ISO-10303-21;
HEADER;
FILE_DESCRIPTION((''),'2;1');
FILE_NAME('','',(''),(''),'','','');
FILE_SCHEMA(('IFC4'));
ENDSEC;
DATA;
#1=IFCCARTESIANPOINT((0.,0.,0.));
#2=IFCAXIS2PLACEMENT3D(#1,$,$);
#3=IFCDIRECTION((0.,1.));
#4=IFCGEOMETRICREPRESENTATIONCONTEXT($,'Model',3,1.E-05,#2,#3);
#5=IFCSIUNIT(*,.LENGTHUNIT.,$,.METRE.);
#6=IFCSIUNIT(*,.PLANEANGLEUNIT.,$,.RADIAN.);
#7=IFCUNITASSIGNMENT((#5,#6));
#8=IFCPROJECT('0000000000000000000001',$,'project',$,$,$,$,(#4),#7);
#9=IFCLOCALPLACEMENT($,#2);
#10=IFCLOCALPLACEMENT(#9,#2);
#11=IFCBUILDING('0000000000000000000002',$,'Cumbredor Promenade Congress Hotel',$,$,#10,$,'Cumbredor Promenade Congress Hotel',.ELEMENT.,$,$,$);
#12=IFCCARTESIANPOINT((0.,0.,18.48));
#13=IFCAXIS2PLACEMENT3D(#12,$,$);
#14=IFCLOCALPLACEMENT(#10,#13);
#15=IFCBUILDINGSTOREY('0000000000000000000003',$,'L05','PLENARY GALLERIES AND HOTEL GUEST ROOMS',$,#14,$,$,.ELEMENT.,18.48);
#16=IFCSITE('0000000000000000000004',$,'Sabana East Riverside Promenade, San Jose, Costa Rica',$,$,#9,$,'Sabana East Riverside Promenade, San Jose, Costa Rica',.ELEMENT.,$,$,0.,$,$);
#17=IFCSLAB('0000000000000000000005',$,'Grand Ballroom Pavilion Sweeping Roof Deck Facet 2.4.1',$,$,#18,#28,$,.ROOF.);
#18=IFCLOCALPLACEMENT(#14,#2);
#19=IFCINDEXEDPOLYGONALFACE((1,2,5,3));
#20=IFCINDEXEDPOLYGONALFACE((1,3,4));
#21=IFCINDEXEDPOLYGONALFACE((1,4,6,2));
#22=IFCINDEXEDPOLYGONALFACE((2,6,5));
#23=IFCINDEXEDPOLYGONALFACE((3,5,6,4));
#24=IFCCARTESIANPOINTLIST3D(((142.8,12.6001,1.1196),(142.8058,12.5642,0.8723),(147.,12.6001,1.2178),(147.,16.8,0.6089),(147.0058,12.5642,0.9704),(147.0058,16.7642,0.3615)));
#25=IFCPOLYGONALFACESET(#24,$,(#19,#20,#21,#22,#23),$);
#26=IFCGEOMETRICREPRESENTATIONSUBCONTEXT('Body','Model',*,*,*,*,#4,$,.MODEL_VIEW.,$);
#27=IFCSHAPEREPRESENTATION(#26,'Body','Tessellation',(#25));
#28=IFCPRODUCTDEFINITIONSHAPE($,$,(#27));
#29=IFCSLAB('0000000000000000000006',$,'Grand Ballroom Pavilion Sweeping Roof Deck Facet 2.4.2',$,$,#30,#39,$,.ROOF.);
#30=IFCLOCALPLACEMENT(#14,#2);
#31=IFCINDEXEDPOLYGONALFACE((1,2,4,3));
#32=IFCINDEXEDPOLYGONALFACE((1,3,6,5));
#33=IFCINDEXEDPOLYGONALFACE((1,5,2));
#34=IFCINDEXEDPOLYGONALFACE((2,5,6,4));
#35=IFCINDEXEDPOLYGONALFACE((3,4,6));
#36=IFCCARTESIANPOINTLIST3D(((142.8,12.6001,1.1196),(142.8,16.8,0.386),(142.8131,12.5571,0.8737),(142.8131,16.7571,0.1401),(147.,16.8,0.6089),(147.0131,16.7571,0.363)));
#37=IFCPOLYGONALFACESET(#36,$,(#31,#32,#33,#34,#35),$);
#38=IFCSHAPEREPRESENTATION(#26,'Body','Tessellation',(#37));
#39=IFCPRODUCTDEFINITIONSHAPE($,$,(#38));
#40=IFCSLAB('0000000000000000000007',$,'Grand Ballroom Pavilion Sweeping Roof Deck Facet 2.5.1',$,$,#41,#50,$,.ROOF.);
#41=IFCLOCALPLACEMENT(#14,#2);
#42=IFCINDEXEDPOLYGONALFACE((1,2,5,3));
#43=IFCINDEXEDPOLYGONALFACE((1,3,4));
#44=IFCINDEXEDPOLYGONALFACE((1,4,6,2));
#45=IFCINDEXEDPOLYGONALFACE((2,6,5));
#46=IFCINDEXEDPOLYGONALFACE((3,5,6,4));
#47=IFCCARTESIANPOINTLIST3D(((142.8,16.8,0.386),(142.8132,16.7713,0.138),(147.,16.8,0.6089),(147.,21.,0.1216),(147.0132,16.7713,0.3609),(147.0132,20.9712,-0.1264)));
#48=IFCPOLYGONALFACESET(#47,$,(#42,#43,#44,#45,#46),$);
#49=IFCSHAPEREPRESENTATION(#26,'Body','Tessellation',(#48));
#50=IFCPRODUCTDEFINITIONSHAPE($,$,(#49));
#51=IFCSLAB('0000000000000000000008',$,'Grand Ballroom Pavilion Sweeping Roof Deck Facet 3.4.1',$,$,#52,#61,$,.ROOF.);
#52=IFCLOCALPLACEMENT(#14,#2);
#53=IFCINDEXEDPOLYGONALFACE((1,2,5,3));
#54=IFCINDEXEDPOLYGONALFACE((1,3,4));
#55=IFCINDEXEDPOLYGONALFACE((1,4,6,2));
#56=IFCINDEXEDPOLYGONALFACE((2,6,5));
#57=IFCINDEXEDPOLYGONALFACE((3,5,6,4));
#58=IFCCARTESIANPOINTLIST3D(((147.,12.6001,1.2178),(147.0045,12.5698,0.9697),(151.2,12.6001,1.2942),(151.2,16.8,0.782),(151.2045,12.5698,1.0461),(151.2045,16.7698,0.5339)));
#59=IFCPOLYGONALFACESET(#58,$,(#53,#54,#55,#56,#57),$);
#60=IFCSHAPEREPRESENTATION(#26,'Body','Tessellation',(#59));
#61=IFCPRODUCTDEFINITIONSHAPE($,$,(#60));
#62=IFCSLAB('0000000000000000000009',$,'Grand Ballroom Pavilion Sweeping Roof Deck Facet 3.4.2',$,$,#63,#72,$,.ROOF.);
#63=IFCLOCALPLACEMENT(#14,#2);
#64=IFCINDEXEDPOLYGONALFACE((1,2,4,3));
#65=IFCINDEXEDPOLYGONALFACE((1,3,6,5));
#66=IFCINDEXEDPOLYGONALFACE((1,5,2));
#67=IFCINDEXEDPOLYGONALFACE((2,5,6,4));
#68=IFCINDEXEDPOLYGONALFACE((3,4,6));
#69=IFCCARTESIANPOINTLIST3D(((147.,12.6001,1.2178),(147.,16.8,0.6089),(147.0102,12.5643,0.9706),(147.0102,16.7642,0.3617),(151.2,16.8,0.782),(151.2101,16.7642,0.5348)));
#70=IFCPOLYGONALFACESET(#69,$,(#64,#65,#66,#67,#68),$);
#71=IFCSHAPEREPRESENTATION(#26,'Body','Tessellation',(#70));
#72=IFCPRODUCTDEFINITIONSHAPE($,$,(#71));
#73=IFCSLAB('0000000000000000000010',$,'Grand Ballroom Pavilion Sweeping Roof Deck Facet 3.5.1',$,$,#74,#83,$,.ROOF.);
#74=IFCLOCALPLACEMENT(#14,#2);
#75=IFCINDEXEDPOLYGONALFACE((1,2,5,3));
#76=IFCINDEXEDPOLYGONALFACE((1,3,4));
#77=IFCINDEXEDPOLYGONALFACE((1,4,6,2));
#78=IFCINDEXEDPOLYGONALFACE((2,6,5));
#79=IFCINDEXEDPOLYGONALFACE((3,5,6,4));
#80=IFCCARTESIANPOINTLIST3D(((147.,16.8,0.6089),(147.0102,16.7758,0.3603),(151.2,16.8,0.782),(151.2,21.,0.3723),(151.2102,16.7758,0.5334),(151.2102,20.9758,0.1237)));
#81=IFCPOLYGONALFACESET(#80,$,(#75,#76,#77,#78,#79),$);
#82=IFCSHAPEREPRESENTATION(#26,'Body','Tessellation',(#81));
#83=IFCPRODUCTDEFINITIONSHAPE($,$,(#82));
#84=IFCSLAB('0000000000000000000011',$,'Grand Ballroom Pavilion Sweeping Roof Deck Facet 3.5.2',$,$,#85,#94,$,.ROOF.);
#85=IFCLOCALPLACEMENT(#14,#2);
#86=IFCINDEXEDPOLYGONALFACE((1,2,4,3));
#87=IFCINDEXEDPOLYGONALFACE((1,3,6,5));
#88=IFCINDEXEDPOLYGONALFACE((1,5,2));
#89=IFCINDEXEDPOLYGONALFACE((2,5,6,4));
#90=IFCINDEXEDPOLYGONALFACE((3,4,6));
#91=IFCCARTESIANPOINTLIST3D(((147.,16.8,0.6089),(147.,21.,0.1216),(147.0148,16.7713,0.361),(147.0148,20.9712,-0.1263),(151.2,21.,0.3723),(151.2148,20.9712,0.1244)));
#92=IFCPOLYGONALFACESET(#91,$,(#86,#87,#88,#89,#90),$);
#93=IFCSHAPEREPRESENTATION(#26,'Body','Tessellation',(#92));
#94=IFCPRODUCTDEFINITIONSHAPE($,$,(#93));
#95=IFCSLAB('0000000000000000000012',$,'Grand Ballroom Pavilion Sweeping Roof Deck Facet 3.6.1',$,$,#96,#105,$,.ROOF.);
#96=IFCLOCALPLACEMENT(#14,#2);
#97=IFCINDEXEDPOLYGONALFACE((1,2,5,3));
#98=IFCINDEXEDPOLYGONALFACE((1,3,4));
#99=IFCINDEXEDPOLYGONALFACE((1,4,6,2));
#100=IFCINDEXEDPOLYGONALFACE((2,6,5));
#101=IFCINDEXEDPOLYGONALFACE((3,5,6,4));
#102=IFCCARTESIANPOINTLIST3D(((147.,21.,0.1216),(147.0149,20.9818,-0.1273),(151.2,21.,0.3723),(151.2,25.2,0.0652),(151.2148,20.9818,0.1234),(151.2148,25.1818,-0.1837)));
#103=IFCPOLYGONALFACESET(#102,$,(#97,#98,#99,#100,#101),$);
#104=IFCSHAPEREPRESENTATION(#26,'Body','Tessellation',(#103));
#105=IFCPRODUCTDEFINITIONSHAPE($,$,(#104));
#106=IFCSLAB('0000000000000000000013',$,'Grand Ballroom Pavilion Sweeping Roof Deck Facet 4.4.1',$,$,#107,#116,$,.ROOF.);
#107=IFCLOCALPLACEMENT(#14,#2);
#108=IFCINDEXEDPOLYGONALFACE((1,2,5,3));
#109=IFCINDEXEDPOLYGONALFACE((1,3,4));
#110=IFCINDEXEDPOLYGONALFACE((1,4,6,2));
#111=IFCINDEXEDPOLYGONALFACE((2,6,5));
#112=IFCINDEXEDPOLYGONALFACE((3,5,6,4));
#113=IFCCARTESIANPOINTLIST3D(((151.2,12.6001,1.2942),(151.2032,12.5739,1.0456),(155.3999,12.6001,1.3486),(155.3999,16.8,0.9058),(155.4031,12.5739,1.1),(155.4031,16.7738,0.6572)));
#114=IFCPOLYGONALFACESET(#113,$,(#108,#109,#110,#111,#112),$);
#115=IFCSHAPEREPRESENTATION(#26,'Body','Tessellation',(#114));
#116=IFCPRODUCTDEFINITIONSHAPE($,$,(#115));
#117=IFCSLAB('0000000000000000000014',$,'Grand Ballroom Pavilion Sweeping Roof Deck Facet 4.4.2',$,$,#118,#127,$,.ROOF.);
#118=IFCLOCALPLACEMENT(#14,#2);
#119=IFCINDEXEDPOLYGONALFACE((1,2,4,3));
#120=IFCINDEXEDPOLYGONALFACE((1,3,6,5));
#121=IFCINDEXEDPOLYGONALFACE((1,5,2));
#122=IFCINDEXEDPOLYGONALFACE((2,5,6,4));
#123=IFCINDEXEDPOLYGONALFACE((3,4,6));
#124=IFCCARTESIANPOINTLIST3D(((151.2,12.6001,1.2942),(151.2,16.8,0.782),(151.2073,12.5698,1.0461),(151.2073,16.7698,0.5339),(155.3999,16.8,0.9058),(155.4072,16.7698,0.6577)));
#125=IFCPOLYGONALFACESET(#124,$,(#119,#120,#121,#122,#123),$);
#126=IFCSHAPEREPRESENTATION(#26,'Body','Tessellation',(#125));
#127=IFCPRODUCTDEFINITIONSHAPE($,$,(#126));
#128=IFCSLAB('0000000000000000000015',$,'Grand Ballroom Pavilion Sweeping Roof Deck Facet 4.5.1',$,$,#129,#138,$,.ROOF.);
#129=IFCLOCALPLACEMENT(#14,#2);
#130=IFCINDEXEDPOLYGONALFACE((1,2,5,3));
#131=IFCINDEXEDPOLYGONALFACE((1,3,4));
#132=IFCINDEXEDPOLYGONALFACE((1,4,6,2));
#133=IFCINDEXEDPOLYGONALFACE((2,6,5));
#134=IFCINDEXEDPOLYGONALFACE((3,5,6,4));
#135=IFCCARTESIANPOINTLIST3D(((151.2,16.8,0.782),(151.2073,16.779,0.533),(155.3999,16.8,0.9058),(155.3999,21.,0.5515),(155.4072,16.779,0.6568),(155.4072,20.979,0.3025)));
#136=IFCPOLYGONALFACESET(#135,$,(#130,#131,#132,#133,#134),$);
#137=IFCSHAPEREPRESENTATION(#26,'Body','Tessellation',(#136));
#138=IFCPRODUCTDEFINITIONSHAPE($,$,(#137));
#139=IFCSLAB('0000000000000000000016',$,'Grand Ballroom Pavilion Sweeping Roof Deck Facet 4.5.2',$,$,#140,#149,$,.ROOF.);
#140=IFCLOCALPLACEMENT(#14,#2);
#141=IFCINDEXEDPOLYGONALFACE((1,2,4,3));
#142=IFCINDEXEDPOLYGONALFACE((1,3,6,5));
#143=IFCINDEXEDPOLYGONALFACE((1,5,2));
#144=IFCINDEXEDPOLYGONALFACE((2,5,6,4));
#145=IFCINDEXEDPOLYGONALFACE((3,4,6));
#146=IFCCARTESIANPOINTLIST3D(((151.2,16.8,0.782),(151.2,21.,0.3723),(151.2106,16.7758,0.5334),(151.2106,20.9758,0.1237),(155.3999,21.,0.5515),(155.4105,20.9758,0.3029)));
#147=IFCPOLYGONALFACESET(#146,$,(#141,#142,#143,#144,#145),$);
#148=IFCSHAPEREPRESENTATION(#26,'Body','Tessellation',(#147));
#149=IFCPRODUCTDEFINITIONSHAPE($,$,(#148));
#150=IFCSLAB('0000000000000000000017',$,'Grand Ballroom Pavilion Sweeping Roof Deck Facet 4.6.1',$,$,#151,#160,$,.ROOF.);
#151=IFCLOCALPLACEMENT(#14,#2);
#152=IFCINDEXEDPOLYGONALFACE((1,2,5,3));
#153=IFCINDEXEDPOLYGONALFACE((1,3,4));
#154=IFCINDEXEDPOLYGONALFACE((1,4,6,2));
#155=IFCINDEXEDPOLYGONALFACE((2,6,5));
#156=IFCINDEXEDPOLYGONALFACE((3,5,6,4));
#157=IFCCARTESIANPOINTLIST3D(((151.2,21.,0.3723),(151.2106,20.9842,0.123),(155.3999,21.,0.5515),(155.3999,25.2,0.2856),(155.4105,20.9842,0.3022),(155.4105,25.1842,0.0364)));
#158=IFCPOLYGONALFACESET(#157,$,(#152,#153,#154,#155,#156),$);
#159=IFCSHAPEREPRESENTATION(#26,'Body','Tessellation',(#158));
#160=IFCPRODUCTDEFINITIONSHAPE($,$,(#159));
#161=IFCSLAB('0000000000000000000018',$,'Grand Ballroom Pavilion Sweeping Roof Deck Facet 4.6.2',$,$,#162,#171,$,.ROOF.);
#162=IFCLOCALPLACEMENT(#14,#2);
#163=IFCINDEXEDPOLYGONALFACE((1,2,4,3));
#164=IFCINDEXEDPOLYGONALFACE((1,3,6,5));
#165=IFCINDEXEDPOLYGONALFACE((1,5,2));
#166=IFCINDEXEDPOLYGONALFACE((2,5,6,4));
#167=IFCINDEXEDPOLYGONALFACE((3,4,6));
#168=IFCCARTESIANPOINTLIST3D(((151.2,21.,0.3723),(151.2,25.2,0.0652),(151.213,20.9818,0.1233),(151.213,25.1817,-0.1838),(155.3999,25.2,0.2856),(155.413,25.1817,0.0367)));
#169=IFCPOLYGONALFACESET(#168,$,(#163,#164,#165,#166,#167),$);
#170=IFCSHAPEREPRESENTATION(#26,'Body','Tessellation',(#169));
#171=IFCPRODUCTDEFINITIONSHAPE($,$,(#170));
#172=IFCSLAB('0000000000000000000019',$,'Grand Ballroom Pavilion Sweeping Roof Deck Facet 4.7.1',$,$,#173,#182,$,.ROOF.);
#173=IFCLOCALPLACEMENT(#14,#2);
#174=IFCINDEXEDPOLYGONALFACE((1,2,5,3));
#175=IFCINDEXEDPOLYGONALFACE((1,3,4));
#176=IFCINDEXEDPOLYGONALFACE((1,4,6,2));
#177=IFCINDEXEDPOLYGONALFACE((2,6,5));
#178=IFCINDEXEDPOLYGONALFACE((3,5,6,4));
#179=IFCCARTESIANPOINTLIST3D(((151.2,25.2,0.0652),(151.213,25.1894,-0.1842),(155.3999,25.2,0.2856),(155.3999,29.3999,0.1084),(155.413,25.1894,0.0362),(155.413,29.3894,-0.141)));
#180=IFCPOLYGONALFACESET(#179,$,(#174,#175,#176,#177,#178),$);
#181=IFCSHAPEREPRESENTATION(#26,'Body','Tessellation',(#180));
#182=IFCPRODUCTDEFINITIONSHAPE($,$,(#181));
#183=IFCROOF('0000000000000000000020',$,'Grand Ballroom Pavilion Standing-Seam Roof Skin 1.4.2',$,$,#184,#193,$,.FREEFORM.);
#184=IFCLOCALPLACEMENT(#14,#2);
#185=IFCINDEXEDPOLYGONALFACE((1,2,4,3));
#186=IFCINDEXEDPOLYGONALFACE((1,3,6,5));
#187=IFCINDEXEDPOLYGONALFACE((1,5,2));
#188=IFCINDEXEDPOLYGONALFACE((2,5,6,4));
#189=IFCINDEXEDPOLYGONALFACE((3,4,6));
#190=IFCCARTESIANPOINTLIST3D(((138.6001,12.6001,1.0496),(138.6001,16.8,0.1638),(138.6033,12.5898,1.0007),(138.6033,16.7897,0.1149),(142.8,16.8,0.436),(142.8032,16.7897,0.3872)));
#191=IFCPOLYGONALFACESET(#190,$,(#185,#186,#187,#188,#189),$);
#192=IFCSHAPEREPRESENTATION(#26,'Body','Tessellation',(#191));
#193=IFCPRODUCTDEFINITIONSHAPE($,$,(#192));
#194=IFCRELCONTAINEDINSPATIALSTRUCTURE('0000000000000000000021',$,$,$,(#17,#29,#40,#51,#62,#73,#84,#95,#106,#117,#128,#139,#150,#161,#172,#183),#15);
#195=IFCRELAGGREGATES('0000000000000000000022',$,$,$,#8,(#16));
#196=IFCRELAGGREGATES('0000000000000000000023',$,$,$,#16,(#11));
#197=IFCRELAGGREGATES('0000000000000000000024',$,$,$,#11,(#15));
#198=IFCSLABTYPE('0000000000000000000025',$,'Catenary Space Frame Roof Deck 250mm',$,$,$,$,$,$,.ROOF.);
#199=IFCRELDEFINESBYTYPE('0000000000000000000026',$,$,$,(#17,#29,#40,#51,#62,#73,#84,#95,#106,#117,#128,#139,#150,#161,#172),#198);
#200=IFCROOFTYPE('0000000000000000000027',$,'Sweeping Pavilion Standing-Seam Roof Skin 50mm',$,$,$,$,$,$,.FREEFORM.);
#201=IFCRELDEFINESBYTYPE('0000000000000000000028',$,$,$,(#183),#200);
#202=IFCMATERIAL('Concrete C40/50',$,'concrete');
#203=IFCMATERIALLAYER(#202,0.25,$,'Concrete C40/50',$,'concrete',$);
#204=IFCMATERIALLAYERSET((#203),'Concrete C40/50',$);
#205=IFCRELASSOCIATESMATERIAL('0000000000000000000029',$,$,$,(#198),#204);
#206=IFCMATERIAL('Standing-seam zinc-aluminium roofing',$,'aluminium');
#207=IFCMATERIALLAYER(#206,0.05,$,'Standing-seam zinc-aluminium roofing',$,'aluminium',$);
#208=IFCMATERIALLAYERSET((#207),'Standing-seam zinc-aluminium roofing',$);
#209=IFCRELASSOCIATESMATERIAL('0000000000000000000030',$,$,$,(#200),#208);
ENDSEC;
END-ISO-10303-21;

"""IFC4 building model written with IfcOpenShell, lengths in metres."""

from ifc_helpers import new_model, si_unit, direction, frame, origin, place, context, subcontext, project, spatial, polyline, outline, extrude, material, layer, layer_set, type_object, element, save


model = new_model("IFC4")

# Units and contexts
model_context = context("Model", 3, precision=1e-05, world=origin(), true_north=direction((0.0, 1.0)))
body_context = subcontext(model_context, "Body", "Model", "MODEL_VIEW")
ifc_project = project(units=[si_unit("LENGTHUNIT", "METRE"), si_unit("PLANEANGLEUNIT", "RADIAN")], contexts=[model_context])

# Site, building, storey
site_placement = place(None, origin())
site = spatial("IfcSite", under=ifc_project, at=site_placement, Name="Sabana East Riverside Promenade, San Jose, Costa Rica", LongName="Sabana East Riverside Promenade, San Jose, Costa Rica", CompositionType="ELEMENT", RefElevation=0.0)
building_placement = place(site_placement, origin())
building = spatial("IfcBuilding", under=site, at=building_placement, Name="Cumbredor Promenade Congress Hotel", LongName="Cumbredor Promenade Congress Hotel", CompositionType="ELEMENT")
storey_placement = place(building_placement, frame((0.0, 0.0, 18.48)))
storey = spatial("IfcBuildingStorey", under=building, at=storey_placement, Name="L05", Description="PLENARY GALLERIES AND HOTEL GUEST ROOMS", CompositionType="ELEMENT", Elevation=18.48)

# Slabs
ifc_material_1 = material(Name="Concrete C40/50", Category="concrete")
ifc_layer_1 = layer(ifc_material_1, 0.25, Name="Concrete C40/50", Category="concrete")
ifc_layer_set_1 = layer_set([ifc_layer_1], Name="Concrete C40/50")
slab_type = type_object("IfcSlabType", Name="Catenary Space Frame Roof Deck 250mm", PredefinedType="ROOF", material=ifc_layer_set_1)
slab_1_placement = place(storey_placement, frame((142.8, 12.6001, 1.1196), z_axis=(-0.02312, 0.143436, 0.989389), x_axis=(0.999727, 0.0, 0.023362)))
element("IfcSlab", 1, at=slab_1_placement, inside=storey, type_object=slab_type, Name="Grand Ballroom Pavilion Sweeping Roof Deck Facet 2.4.1", PredefinedType="ROOF", context=body_context, shape_type="SweptSolid", body=[
    extrude(outline(polyline([(0.0, 0.0), (4.2011, 0.0), (4.1869, 4.2438), (0.0, 0.0)])), origin(), (0.0, 0.0, -1.0), 0.25),
])
slab_2_placement = place(storey_placement, frame((142.8, 12.6001, 1.1196), z_axis=(-0.052209, 0.171839, 0.983741), x_axis=(0.704507, 0.704507, -0.085673)))
element("IfcSlab", 2, at=slab_2_placement, inside=storey, type_object=slab_type, Name="Grand Ballroom Pavilion Sweeping Roof Deck Facet 2.4.2", PredefinedType="ROOF", context=body_context, shape_type="SweptSolid", body=[
    extrude(outline(polyline([(0.0, 0.0), (5.9615, 0.0), (3.0217, 3.0078), (0.0, 0.0)])), origin(), (0.0, 0.0, -1.0), 0.25),
])
slab_3_placement = place(storey_placement, frame((142.8, 16.8, 0.386), z_axis=(-0.052645, 0.115093, 0.991959), x_axis=(0.998595, 0.0, 0.052998)))
element("IfcSlab", 3, at=slab_3_placement, inside=storey, type_object=slab_type, Name="Grand Ballroom Pavilion Sweeping Roof Deck Facet 2.5.1", PredefinedType="ROOF", context=body_context, shape_type="SweptSolid", body=[
    extrude(outline(polyline([(0.0, 0.0), (4.2059, 0.0), (4.18, 4.228), (0.0, 0.0)])), origin(), (0.0, 0.0, -1.0), 0.25),
])
slab_4_placement = place(storey_placement, frame((147.0, 12.6001, 1.2178), z_axis=(-0.018058, 0.121039, 0.992484), x_axis=(0.999835, 0.0, 0.018191)))
element("IfcSlab", 4, at=slab_4_placement, inside=storey, type_object=slab_type, Name="Grand Ballroom Pavilion Sweeping Roof Deck Facet 3.4.1", PredefinedType="ROOF", context=body_context, shape_type="SweptSolid", body=[
    extrude(outline(polyline([(0.0, 0.0), (4.2006, 0.0), (4.1913, 4.2311), (0.0, 0.0)])), origin(), (0.0, 0.0, -1.0), 0.25),
])
slab_5_placement = place(storey_placement, frame((147.0, 12.6001, 1.2178), z_axis=(-0.040753, 0.143356, 0.988832), x_axis=(0.705211, 0.705211, -0.073173)))
element("IfcSlab", 5, at=slab_5_placement, inside=storey, type_object=slab_type, Name="Grand Ballroom Pavilion Sweeping Roof Deck Facet 3.4.2", PredefinedType="ROOF", context=body_context, shape_type="SweptSolid", body=[
    extrude(outline(polyline([(0.0, 0.0), (5.9556, 0.0), (3.0064, 2.9953), (0.0, 0.0)])), origin(), (0.0, 0.0, -1.0), 0.25),
])
slab_6_placement = place(storey_placement, frame((147.0, 16.8, 0.6089), z_axis=(-0.040985, 0.096999, 0.99444), x_axis=(0.999152, 0.0, 0.041179)))
element("IfcSlab", 6, at=slab_6_placement, inside=storey, type_object=slab_type, Name="Grand Ballroom Pavilion Sweeping Roof Deck Facet 3.5.1", PredefinedType="ROOF", context=body_context, shape_type="SweptSolid", body=[
    extrude(outline(polyline([(0.0, 0.0), (4.2035, 0.0), (4.1866, 4.2198), (0.0, 0.0)])), origin(), (0.0, 0.0, -1.0), 0.25),
])
slab_7_placement = place(storey_placement, frame((147.0, 16.8, 0.6089), z_axis=(-0.059197, 0.115051, 0.991594), x_axis=(0.706547, 0.706547, -0.039798)))
element("IfcSlab", 7, at=slab_7_placement, inside=storey, type_object=slab_type, Name="Grand Ballroom Pavilion Sweeping Roof Deck Facet 3.5.2", PredefinedType="ROOF", context=body_context, shape_type="SweptSolid", body=[
    extrude(outline(polyline([(0.0, 0.0), (5.9443, 0.0), (2.9869, 2.9926), (0.0, 0.0)])), origin(), (0.0, 0.0, -1.0), 0.25),
])
slab_8_placement = place(storey_placement, frame((147.0, 21.0, 0.1216), z_axis=(-0.059435, 0.072803, 0.995574), x_axis=(0.998223, 0.0, 0.059593)))
element("IfcSlab", 8, at=slab_8_placement, inside=storey, type_object=slab_type, Name="Grand Ballroom Pavilion Sweeping Roof Deck Facet 3.6.1", PredefinedType="ROOF", context=body_context, shape_type="SweptSolid", body=[
    extrude(outline(polyline([(0.0, 0.0), (4.2074, 0.0), (4.1891, 4.2111), (0.0, 0.0)])), origin(), (0.0, 0.0, -1.0), 0.25),
])
slab_9_placement = place(storey_placement, frame((151.2, 12.6001, 1.2942), z_axis=(-0.01289, 0.104857, 0.994404), x_axis=(0.999916, 0.0, 0.012962)))
element("IfcSlab", 9, at=slab_9_placement, inside=storey, type_object=slab_type, Name="Grand Ballroom Pavilion Sweeping Roof Deck Facet 4.4.1", PredefinedType="ROOF", context=body_context, shape_type="SweptSolid", body=[
    extrude(outline(polyline([(0.0, 0.0), (4.2003, 0.0), (4.1946, 4.2232), (0.0, 0.0)])), origin(), (0.0, 0.0, -1.0), 0.25),
])
slab_10_placement = place(storey_placement, frame((151.2, 12.6001, 1.2942), z_axis=(-0.029242, 0.121007, 0.992221), x_axis=(0.7056, 0.7056, -0.065257)))
element("IfcSlab", 10, at=slab_10_placement, inside=storey, type_object=slab_type, Name="Grand Ballroom Pavilion Sweeping Roof Deck Facet 4.4.2", PredefinedType="ROOF", context=body_context, shape_type="SweptSolid", body=[
    extrude(outline(polyline([(0.0, 0.0), (5.9523, 0.0), (2.9969, 2.9867), (0.0, 0.0)])), origin(), (0.0, 0.0, -1.0), 0.25),
])
slab_11_placement = place(storey_placement, frame((151.2, 16.8, 0.782), z_axis=(-0.029355, 0.084011, 0.996032), x_axis=(0.999566, 0.0, 0.029459)))
element("IfcSlab", 11, at=slab_11_placement, inside=storey, type_object=slab_type, Name="Grand Ballroom Pavilion Sweeping Roof Deck Facet 4.5.1", PredefinedType="ROOF", context=body_context, shape_type="SweptSolid", body=[
    extrude(outline(polyline([(0.0, 0.0), (4.2018, 0.0), (4.1913, 4.2149), (0.0, 0.0)])), origin(), (0.0, 0.0, -1.0), 0.25),
])
slab_12_placement = place(storey_placement, frame((151.2, 16.8, 0.782), z_axis=(-0.042427, 0.096993, 0.99438), x_axis=(0.706575, 0.706575, -0.038773)))
element("IfcSlab", 12, at=slab_12_placement, inside=storey, type_object=slab_type, Name="Grand Ballroom Pavilion Sweeping Roof Deck Facet 4.5.2", PredefinedType="ROOF", context=body_context, shape_type="SweptSolid", body=[
    extrude(outline(polyline([(0.0, 0.0), (5.9441, 0.0), (2.9835, 2.9844), (0.0, 0.0)])), origin(), (0.0, 0.0, -1.0), 0.25),
])
slab_13_placement = place(storey_placement, frame((151.2, 21.0, 0.3723), z_axis=(-0.042543, 0.063119, 0.997099), x_axis=(0.999091, 0.0, 0.042628)))
element("IfcSlab", 13, at=slab_13_placement, inside=storey, type_object=slab_type, Name="Grand Ballroom Pavilion Sweeping Roof Deck Facet 4.6.1", PredefinedType="ROOF", context=body_context, shape_type="SweptSolid", body=[
    extrude(outline(polyline([(0.0, 0.0), (4.2038, 0.0), (4.1924, 4.2083), (0.0, 0.0)])), origin(), (0.0, 0.0, -1.0), 0.25),
])
slab_14_placement = place(storey_placement, frame((151.2, 21.0, 0.3723), z_axis=(-0.052279, 0.072832, 0.995973), x_axis=(0.707032, 0.707032, -0.01459)))
element("IfcSlab", 14, at=slab_14_placement, inside=storey, type_object=slab_type, Name="Grand Ballroom Pavilion Sweeping Roof Deck Facet 4.6.2", PredefinedType="ROOF", context=body_context, shape_type="SweptSolid", body=[
    extrude(outline(polyline([(0.0, 0.0), (5.9403, 0.0), (2.974, 2.9815), (0.0, 0.0)])), origin(), (0.0, 0.0, -1.0), 0.25),
])
slab_15_placement = place(storey_placement, frame((151.2, 25.2, 0.0652), z_axis=(-0.052372, 0.042107, 0.99774), x_axis=(0.998625, 0.0, 0.052419)))
element("IfcSlab", 15, at=slab_15_placement, inside=storey, type_object=slab_type, Name="Grand Ballroom Pavilion Sweeping Roof Deck Facet 4.7.1", PredefinedType="ROOF", context=body_context, shape_type="SweptSolid", body=[
    extrude(outline(polyline([(0.0, 0.0), (4.2057, 0.0), (4.1964, 4.2037), (0.0, 0.0)])), origin(), (0.0, 0.0, -1.0), 0.25),
])

# Roof
ifc_material_2 = material(Name="Standing-seam zinc-aluminium roofing", Category="aluminium")
ifc_layer_2 = layer(ifc_material_2, 0.05, Name="Standing-seam zinc-aluminium roofing", Category="aluminium")
ifc_layer_set_2 = layer_set([ifc_layer_2], Name="Standing-seam zinc-aluminium roofing")
roof_type = type_object("IfcRoofType", Name="Sweeping Pavilion Standing-Seam Roof Skin 50mm", PredefinedType="FREEFORM", material=ifc_layer_set_2)
roof_1_placement = place(storey_placement, frame((138.6001, 12.6001, 1.0496), z_axis=(-0.063292, 0.205941, 0.976516), x_axis=(0.703364, 0.703364, -0.102747)))
element("IfcRoof", 16, at=roof_1_placement, inside=storey, type_object=roof_type, Name="Grand Ballroom Pavilion Standing-Seam Roof Skin 1.4.2", PredefinedType="FREEFORM", context=body_context, shape_type="SweptSolid", body=[
    extrude(outline(polyline([(0.0, 0.0), (5.9712, 0.0), (3.0451, 3.0251), (0.0, 0.0)])), origin(), (0.0, 0.0, -1.0), 0.05),
])

save(model, "model.ifc")
